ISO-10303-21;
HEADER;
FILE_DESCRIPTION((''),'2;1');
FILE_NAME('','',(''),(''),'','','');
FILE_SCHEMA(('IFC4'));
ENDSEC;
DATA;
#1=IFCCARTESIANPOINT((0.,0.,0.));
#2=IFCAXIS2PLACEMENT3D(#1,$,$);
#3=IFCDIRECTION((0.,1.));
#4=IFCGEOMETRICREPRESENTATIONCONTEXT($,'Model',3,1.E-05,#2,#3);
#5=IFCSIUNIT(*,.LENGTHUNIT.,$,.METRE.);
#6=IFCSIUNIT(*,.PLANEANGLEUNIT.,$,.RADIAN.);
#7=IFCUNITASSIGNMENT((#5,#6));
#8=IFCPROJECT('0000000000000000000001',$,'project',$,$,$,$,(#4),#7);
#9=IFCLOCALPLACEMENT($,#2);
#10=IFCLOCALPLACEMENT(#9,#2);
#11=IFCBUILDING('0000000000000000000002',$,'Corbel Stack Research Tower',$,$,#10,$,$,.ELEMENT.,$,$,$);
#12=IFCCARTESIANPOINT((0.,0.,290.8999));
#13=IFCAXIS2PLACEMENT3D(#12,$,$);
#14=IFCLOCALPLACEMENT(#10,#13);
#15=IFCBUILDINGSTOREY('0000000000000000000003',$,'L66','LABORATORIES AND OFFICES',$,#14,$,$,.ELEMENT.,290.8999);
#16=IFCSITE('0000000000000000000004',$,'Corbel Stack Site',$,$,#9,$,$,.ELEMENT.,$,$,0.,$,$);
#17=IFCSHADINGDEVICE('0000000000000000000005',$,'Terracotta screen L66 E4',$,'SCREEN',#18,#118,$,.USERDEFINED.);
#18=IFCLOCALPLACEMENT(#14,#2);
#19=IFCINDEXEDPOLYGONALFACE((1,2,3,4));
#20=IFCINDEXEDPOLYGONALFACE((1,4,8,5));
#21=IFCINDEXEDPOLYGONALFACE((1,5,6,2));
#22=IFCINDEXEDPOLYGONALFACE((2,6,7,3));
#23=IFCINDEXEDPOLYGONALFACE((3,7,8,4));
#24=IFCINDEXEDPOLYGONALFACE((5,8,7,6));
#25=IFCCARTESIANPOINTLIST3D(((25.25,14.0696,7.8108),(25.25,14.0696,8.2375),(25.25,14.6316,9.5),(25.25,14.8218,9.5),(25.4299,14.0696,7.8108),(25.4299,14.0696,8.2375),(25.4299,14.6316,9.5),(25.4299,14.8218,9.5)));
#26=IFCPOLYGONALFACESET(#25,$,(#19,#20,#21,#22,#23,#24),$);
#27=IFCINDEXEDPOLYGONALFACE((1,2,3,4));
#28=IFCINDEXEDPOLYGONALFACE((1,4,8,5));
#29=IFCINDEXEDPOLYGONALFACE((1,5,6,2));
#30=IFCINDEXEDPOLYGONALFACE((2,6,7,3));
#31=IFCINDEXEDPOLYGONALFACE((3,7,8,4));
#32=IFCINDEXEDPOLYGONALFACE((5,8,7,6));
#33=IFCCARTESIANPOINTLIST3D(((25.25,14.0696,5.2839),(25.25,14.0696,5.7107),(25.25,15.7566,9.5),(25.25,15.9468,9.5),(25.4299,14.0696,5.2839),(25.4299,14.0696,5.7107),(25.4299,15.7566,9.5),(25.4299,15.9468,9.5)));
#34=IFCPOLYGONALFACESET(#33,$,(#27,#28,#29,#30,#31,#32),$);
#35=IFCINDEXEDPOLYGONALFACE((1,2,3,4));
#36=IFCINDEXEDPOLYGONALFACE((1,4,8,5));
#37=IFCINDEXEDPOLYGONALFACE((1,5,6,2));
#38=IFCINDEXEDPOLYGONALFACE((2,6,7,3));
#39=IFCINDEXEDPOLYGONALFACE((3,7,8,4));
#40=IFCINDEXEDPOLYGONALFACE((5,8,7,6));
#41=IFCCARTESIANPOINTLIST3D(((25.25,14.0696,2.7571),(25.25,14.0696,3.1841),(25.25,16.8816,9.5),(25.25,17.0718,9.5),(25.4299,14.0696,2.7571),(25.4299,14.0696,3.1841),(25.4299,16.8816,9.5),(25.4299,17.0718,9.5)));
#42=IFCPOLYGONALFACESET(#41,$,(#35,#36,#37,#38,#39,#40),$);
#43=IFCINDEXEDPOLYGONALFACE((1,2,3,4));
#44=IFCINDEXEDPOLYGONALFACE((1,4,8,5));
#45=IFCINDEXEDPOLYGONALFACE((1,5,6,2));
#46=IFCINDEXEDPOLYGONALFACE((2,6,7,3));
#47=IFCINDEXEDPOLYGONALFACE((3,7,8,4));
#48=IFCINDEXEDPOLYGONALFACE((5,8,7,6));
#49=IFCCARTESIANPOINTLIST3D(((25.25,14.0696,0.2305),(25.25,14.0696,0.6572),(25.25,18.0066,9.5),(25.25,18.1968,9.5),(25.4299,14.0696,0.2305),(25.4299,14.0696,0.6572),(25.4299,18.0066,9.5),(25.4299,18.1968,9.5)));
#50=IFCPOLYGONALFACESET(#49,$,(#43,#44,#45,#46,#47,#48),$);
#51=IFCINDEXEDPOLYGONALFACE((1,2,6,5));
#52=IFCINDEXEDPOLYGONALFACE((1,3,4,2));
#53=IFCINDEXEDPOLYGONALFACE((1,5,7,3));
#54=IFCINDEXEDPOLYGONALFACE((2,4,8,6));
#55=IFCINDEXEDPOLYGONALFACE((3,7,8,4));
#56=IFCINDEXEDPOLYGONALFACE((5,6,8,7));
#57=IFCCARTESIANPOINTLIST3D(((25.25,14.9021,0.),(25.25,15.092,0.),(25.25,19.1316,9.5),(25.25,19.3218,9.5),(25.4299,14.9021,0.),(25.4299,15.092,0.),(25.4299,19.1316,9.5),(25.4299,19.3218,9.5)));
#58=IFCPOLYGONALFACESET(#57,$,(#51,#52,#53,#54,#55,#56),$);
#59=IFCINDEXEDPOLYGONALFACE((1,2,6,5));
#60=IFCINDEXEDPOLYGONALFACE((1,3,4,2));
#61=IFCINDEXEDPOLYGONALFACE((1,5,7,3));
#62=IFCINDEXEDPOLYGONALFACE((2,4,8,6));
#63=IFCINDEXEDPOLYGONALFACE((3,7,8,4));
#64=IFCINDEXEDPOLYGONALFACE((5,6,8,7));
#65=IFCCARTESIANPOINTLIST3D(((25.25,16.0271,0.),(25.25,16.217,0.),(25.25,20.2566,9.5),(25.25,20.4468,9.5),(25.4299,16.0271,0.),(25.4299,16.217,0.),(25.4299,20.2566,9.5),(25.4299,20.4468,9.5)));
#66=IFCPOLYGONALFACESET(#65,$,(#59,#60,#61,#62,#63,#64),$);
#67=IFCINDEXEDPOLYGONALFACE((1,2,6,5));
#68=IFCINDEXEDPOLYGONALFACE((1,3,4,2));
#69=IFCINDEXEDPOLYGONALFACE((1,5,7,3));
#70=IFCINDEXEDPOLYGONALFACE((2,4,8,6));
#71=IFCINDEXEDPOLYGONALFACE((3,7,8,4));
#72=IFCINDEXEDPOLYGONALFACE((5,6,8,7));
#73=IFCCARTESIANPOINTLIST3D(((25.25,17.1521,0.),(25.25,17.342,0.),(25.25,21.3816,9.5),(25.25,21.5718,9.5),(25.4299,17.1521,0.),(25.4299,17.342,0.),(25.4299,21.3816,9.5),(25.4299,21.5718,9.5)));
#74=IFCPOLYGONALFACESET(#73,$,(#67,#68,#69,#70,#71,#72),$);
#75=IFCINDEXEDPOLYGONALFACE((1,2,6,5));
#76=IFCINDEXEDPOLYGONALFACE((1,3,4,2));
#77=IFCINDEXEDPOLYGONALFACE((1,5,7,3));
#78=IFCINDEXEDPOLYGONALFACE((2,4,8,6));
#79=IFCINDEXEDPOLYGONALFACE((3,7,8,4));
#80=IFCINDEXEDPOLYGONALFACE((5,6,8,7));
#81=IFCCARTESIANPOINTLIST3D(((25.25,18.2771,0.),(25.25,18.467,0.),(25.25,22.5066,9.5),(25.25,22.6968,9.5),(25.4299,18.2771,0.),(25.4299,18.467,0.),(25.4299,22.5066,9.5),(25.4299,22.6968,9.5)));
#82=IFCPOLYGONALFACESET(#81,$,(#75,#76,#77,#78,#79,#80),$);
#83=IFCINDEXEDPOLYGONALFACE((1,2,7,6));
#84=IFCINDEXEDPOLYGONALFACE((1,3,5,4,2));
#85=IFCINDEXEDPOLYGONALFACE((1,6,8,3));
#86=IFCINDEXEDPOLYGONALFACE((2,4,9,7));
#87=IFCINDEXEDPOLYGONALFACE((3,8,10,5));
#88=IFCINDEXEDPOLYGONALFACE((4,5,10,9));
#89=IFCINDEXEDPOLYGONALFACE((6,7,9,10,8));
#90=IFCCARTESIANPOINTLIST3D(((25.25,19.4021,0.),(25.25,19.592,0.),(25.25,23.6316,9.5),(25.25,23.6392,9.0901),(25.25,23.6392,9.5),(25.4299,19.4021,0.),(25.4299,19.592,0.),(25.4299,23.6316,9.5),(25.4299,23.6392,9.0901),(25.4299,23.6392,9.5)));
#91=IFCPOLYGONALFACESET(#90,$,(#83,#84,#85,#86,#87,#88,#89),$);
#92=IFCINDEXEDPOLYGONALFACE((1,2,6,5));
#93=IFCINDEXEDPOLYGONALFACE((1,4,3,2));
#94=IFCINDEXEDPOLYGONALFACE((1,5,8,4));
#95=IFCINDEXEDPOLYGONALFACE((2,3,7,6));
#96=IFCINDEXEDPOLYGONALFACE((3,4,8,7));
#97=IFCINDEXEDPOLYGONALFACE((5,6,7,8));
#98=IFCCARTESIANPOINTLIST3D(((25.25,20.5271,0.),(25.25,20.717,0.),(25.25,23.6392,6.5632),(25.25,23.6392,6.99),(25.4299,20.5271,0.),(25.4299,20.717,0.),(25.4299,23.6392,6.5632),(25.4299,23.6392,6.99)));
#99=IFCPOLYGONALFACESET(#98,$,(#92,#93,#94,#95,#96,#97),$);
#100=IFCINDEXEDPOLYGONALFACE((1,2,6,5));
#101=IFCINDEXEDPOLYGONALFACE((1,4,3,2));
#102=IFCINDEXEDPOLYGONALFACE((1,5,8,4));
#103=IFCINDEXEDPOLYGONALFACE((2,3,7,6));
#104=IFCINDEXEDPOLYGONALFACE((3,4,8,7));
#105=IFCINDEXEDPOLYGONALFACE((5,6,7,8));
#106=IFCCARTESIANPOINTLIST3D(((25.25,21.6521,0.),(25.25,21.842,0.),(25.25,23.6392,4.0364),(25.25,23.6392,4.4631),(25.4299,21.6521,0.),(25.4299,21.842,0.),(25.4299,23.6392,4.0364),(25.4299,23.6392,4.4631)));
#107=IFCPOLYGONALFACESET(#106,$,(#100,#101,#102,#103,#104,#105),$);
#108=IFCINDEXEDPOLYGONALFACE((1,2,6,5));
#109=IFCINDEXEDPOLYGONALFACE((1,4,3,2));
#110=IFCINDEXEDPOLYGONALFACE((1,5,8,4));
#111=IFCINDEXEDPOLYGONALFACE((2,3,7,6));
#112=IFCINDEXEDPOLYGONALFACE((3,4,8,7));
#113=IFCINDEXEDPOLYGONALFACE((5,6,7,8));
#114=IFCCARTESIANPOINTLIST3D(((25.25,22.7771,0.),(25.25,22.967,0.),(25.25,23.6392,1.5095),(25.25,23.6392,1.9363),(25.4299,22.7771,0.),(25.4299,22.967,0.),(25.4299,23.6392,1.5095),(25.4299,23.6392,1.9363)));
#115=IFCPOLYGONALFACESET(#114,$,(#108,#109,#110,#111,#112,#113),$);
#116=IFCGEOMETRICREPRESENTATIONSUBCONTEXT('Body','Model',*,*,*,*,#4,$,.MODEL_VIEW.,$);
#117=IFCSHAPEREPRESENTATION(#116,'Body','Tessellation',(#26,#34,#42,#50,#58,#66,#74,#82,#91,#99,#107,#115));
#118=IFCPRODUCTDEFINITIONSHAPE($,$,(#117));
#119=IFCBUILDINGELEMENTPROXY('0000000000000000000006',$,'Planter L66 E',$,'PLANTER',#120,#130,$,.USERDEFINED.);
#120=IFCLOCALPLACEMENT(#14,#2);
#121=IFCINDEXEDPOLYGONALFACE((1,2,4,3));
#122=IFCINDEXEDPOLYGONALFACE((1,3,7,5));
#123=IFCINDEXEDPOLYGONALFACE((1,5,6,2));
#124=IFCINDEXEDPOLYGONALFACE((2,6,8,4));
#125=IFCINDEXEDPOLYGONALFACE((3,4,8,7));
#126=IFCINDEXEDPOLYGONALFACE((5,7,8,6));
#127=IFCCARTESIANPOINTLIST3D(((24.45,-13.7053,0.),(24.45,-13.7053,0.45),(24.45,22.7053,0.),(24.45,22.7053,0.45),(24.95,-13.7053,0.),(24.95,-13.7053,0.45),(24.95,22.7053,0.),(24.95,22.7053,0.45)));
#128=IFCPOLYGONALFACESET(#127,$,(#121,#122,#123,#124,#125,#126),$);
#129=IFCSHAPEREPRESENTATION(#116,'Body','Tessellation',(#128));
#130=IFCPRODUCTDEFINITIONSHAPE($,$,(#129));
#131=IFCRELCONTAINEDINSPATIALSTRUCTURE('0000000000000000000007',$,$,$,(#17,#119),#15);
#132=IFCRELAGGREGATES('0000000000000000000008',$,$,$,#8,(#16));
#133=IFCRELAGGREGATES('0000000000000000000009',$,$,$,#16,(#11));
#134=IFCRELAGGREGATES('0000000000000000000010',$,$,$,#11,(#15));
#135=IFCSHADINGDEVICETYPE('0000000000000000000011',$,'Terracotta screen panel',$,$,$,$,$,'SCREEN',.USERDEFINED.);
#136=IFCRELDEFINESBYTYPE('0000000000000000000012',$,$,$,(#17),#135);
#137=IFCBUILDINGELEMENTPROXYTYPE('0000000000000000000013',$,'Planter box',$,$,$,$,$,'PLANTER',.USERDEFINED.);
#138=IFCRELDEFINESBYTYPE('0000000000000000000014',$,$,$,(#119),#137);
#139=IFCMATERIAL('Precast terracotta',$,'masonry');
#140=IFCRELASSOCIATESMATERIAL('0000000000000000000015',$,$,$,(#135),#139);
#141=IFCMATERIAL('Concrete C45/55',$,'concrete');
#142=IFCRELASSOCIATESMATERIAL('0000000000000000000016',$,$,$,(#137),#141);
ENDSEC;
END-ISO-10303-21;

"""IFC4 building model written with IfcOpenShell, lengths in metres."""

from ifc_helpers import new_model, si_unit, direction, frame, origin, origin_2d, place, context, subcontext, project, spatial, polyline, rectangle, outline, extrude, source, transform, mapped, material, type_object, element, save


model = new_model("IFC4")

# Units and contexts
model_context = context("Model", 3, precision=1e-05, world=origin(), true_north=direction((0.0, 1.0)))
body_context = subcontext(model_context, "Body", "Model", "MODEL_VIEW")
ifc_project = project(units=[si_unit("LENGTHUNIT", "METRE"), si_unit("PLANEANGLEUNIT", "RADIAN")], contexts=[model_context])

# Site, building, storey
site_placement = place(None, origin())
site = spatial("IfcSite", under=ifc_project, at=site_placement, Name="Corbel Stack Site", CompositionType="ELEMENT", RefElevation=0.0)
building_placement = place(site_placement, origin())
building = spatial("IfcBuilding", under=site, at=building_placement, Name="Corbel Stack Research Tower", CompositionType="ELEMENT")
storey_placement = place(building_placement, frame((0.0, 0.0, 290.8999)))
storey = spatial("IfcBuildingStorey", under=building, at=storey_placement, Name="L66", Description="LABORATORIES AND OFFICES", CompositionType="ELEMENT", Elevation=290.8999)

# Shading device
ifc_material_1 = material(Name="Precast terracotta", Category="masonry")
shading_device_type = type_object("IfcShadingDeviceType", Name="Terracotta screen panel", ElementType="SCREEN", PredefinedType="USERDEFINED", material=ifc_material_1)
shared_shape_1 = source(origin(), body_context, "Body", "SweptSolid", [
    extrude(outline(polyline([(0.7522, 9.5), (0.562, 9.5), (0.0, 8.2375), (0.0, 7.8108), (0.7522, 9.5)])), frame((0.0, 0.0, 0.0), z_axis=(0.0, -1.0, 0.0), x_axis=(1.0, 0.0, 0.0)), (0.0, 0.0, 1.0), 0.1799),
    extrude(outline(polyline([(1.8772, 9.5), (1.687, 9.5), (0.0, 5.7107), (0.0, 5.2839), (1.8772, 9.5)])), frame((0.0, 0.0, 0.0), z_axis=(0.0, -1.0, 0.0), x_axis=(1.0, 0.0, 0.0)), (0.0, 0.0, 1.0), 0.1799),
    extrude(outline(polyline([(3.0022, 9.5), (2.812, 9.5), (0.0, 3.1841), (0.0, 2.7571), (3.0022, 9.5)])), frame((0.0, 0.0, 0.0), z_axis=(0.0, -1.0, 0.0), x_axis=(1.0, 0.0, 0.0)), (0.0, 0.0, 1.0), 0.1799),
    extrude(outline(polyline([(4.1272, 9.5), (3.937, 9.5), (0.0, 0.6572), (0.0, 0.2305), (4.1272, 9.5)])), frame((0.0, 0.0, 0.0), z_axis=(0.0, -1.0, 0.0), x_axis=(1.0, 0.0, 0.0)), (0.0, 0.0, 1.0), 0.1799),
    extrude(outline(polyline([(1.0225, 0.0), (5.2522, 9.5), (5.062, 9.5), (0.8325, 0.0), (1.0225, 0.0)])), frame((0.0, 0.0, 0.0), z_axis=(0.0, -1.0, 0.0), x_axis=(1.0, 0.0, 0.0)), (0.0, 0.0, 1.0), 0.1799),
    extrude(outline(polyline([(2.1475, 0.0), (6.3772, 9.5), (6.187, 9.5), (1.9575, 0.0), (2.1475, 0.0)])), frame((0.0, 0.0, 0.0), z_axis=(0.0, -1.0, 0.0), x_axis=(1.0, 0.0, 0.0)), (0.0, 0.0, 1.0), 0.1799),
    extrude(outline(polyline([(3.2725, 0.0), (7.5022, 9.5), (7.312, 9.5), (3.0825, 0.0), (3.2725, 0.0)])), frame((0.0, 0.0, 0.0), z_axis=(0.0, -1.0, 0.0), x_axis=(1.0, 0.0, 0.0)), (0.0, 0.0, 1.0), 0.1799),
    extrude(outline(polyline([(4.3975, 0.0), (8.6272, 9.5), (8.437, 9.5), (4.2075, 0.0), (4.3975, 0.0)])), frame((0.0, 0.0, 0.0), z_axis=(0.0, -1.0, 0.0), x_axis=(1.0, 0.0, 0.0)), (0.0, 0.0, 1.0), 0.1799),
    extrude(outline(polyline([(5.5225, 0.0), (9.5696, 9.0901), (9.5696, 9.5), (9.562, 9.5), (5.3325, 0.0), (5.5225, 0.0)])), frame((0.0, 0.0, 0.0), z_axis=(0.0, -1.0, 0.0), x_axis=(1.0, 0.0, 0.0)), (0.0, 0.0, 1.0), 0.1799),
    extrude(outline(polyline([(6.6475, 0.0), (9.5696, 6.5632), (9.5696, 6.99), (6.4575, 0.0), (6.6475, 0.0)])), frame((0.0, 0.0, 0.0), z_axis=(0.0, -1.0, 0.0), x_axis=(1.0, 0.0, 0.0)), (0.0, 0.0, 1.0), 0.1799),
    extrude(outline(polyline([(7.7725, 0.0), (9.5696, 4.0364), (9.5696, 4.4631), (7.5825, 0.0), (7.7725, 0.0)])), frame((0.0, 0.0, 0.0), z_axis=(0.0, -1.0, 0.0), x_axis=(1.0, 0.0, 0.0)), (0.0, 0.0, 1.0), 0.1799),
    extrude(outline(polyline([(8.8975, 0.0), (9.5696, 1.5095), (9.5696, 1.9363), (8.7075, 0.0), (8.8975, 0.0)])), frame((0.0, 0.0, 0.0), z_axis=(0.0, -1.0, 0.0), x_axis=(1.0, 0.0, 0.0)), (0.0, 0.0, 1.0), 0.1799),
])
shading_device_1_placement = place(storey_placement, frame((25.25, 14.0696, 0.0), z_axis=(0.0, 0.0, 1.0), x_axis=(0.0, 1.0, 0.0)))
element("IfcShadingDevice", 1, at=shading_device_1_placement, inside=storey, type_object=shading_device_type, Name="Terracotta screen L66 E4", ObjectType="SCREEN", PredefinedType="USERDEFINED", context=body_context, shape_type="MappedRepresentation", body=[
    mapped(shared_shape_1, transform((0.0, 0.0, 0.0))),
])

# Building element proxy
ifc_material_2 = material(Name="Concrete C45/55", Category="concrete")
building_element_proxy_type = type_object("IfcBuildingElementProxyType", Name="Planter box", ElementType="PLANTER", PredefinedType="USERDEFINED", material=ifc_material_2)
proxy_placement = place(storey_placement, frame((24.7, 4.5, 0.0), z_axis=(0.0, 0.0, 1.0), x_axis=(0.0, 1.0, 0.0)))
element("IfcBuildingElementProxy", 2, at=proxy_placement, inside=storey, type_object=building_element_proxy_type, Name="Planter L66 E", ObjectType="PLANTER", PredefinedType="USERDEFINED", context=body_context, shape_type="SweptSolid", body=[
    extrude(rectangle(XDim=36.4106, YDim=0.5, at=origin_2d()), origin(), (0.0, 0.0, 1.0), 0.45),
])

save(model, "model.ifc")
